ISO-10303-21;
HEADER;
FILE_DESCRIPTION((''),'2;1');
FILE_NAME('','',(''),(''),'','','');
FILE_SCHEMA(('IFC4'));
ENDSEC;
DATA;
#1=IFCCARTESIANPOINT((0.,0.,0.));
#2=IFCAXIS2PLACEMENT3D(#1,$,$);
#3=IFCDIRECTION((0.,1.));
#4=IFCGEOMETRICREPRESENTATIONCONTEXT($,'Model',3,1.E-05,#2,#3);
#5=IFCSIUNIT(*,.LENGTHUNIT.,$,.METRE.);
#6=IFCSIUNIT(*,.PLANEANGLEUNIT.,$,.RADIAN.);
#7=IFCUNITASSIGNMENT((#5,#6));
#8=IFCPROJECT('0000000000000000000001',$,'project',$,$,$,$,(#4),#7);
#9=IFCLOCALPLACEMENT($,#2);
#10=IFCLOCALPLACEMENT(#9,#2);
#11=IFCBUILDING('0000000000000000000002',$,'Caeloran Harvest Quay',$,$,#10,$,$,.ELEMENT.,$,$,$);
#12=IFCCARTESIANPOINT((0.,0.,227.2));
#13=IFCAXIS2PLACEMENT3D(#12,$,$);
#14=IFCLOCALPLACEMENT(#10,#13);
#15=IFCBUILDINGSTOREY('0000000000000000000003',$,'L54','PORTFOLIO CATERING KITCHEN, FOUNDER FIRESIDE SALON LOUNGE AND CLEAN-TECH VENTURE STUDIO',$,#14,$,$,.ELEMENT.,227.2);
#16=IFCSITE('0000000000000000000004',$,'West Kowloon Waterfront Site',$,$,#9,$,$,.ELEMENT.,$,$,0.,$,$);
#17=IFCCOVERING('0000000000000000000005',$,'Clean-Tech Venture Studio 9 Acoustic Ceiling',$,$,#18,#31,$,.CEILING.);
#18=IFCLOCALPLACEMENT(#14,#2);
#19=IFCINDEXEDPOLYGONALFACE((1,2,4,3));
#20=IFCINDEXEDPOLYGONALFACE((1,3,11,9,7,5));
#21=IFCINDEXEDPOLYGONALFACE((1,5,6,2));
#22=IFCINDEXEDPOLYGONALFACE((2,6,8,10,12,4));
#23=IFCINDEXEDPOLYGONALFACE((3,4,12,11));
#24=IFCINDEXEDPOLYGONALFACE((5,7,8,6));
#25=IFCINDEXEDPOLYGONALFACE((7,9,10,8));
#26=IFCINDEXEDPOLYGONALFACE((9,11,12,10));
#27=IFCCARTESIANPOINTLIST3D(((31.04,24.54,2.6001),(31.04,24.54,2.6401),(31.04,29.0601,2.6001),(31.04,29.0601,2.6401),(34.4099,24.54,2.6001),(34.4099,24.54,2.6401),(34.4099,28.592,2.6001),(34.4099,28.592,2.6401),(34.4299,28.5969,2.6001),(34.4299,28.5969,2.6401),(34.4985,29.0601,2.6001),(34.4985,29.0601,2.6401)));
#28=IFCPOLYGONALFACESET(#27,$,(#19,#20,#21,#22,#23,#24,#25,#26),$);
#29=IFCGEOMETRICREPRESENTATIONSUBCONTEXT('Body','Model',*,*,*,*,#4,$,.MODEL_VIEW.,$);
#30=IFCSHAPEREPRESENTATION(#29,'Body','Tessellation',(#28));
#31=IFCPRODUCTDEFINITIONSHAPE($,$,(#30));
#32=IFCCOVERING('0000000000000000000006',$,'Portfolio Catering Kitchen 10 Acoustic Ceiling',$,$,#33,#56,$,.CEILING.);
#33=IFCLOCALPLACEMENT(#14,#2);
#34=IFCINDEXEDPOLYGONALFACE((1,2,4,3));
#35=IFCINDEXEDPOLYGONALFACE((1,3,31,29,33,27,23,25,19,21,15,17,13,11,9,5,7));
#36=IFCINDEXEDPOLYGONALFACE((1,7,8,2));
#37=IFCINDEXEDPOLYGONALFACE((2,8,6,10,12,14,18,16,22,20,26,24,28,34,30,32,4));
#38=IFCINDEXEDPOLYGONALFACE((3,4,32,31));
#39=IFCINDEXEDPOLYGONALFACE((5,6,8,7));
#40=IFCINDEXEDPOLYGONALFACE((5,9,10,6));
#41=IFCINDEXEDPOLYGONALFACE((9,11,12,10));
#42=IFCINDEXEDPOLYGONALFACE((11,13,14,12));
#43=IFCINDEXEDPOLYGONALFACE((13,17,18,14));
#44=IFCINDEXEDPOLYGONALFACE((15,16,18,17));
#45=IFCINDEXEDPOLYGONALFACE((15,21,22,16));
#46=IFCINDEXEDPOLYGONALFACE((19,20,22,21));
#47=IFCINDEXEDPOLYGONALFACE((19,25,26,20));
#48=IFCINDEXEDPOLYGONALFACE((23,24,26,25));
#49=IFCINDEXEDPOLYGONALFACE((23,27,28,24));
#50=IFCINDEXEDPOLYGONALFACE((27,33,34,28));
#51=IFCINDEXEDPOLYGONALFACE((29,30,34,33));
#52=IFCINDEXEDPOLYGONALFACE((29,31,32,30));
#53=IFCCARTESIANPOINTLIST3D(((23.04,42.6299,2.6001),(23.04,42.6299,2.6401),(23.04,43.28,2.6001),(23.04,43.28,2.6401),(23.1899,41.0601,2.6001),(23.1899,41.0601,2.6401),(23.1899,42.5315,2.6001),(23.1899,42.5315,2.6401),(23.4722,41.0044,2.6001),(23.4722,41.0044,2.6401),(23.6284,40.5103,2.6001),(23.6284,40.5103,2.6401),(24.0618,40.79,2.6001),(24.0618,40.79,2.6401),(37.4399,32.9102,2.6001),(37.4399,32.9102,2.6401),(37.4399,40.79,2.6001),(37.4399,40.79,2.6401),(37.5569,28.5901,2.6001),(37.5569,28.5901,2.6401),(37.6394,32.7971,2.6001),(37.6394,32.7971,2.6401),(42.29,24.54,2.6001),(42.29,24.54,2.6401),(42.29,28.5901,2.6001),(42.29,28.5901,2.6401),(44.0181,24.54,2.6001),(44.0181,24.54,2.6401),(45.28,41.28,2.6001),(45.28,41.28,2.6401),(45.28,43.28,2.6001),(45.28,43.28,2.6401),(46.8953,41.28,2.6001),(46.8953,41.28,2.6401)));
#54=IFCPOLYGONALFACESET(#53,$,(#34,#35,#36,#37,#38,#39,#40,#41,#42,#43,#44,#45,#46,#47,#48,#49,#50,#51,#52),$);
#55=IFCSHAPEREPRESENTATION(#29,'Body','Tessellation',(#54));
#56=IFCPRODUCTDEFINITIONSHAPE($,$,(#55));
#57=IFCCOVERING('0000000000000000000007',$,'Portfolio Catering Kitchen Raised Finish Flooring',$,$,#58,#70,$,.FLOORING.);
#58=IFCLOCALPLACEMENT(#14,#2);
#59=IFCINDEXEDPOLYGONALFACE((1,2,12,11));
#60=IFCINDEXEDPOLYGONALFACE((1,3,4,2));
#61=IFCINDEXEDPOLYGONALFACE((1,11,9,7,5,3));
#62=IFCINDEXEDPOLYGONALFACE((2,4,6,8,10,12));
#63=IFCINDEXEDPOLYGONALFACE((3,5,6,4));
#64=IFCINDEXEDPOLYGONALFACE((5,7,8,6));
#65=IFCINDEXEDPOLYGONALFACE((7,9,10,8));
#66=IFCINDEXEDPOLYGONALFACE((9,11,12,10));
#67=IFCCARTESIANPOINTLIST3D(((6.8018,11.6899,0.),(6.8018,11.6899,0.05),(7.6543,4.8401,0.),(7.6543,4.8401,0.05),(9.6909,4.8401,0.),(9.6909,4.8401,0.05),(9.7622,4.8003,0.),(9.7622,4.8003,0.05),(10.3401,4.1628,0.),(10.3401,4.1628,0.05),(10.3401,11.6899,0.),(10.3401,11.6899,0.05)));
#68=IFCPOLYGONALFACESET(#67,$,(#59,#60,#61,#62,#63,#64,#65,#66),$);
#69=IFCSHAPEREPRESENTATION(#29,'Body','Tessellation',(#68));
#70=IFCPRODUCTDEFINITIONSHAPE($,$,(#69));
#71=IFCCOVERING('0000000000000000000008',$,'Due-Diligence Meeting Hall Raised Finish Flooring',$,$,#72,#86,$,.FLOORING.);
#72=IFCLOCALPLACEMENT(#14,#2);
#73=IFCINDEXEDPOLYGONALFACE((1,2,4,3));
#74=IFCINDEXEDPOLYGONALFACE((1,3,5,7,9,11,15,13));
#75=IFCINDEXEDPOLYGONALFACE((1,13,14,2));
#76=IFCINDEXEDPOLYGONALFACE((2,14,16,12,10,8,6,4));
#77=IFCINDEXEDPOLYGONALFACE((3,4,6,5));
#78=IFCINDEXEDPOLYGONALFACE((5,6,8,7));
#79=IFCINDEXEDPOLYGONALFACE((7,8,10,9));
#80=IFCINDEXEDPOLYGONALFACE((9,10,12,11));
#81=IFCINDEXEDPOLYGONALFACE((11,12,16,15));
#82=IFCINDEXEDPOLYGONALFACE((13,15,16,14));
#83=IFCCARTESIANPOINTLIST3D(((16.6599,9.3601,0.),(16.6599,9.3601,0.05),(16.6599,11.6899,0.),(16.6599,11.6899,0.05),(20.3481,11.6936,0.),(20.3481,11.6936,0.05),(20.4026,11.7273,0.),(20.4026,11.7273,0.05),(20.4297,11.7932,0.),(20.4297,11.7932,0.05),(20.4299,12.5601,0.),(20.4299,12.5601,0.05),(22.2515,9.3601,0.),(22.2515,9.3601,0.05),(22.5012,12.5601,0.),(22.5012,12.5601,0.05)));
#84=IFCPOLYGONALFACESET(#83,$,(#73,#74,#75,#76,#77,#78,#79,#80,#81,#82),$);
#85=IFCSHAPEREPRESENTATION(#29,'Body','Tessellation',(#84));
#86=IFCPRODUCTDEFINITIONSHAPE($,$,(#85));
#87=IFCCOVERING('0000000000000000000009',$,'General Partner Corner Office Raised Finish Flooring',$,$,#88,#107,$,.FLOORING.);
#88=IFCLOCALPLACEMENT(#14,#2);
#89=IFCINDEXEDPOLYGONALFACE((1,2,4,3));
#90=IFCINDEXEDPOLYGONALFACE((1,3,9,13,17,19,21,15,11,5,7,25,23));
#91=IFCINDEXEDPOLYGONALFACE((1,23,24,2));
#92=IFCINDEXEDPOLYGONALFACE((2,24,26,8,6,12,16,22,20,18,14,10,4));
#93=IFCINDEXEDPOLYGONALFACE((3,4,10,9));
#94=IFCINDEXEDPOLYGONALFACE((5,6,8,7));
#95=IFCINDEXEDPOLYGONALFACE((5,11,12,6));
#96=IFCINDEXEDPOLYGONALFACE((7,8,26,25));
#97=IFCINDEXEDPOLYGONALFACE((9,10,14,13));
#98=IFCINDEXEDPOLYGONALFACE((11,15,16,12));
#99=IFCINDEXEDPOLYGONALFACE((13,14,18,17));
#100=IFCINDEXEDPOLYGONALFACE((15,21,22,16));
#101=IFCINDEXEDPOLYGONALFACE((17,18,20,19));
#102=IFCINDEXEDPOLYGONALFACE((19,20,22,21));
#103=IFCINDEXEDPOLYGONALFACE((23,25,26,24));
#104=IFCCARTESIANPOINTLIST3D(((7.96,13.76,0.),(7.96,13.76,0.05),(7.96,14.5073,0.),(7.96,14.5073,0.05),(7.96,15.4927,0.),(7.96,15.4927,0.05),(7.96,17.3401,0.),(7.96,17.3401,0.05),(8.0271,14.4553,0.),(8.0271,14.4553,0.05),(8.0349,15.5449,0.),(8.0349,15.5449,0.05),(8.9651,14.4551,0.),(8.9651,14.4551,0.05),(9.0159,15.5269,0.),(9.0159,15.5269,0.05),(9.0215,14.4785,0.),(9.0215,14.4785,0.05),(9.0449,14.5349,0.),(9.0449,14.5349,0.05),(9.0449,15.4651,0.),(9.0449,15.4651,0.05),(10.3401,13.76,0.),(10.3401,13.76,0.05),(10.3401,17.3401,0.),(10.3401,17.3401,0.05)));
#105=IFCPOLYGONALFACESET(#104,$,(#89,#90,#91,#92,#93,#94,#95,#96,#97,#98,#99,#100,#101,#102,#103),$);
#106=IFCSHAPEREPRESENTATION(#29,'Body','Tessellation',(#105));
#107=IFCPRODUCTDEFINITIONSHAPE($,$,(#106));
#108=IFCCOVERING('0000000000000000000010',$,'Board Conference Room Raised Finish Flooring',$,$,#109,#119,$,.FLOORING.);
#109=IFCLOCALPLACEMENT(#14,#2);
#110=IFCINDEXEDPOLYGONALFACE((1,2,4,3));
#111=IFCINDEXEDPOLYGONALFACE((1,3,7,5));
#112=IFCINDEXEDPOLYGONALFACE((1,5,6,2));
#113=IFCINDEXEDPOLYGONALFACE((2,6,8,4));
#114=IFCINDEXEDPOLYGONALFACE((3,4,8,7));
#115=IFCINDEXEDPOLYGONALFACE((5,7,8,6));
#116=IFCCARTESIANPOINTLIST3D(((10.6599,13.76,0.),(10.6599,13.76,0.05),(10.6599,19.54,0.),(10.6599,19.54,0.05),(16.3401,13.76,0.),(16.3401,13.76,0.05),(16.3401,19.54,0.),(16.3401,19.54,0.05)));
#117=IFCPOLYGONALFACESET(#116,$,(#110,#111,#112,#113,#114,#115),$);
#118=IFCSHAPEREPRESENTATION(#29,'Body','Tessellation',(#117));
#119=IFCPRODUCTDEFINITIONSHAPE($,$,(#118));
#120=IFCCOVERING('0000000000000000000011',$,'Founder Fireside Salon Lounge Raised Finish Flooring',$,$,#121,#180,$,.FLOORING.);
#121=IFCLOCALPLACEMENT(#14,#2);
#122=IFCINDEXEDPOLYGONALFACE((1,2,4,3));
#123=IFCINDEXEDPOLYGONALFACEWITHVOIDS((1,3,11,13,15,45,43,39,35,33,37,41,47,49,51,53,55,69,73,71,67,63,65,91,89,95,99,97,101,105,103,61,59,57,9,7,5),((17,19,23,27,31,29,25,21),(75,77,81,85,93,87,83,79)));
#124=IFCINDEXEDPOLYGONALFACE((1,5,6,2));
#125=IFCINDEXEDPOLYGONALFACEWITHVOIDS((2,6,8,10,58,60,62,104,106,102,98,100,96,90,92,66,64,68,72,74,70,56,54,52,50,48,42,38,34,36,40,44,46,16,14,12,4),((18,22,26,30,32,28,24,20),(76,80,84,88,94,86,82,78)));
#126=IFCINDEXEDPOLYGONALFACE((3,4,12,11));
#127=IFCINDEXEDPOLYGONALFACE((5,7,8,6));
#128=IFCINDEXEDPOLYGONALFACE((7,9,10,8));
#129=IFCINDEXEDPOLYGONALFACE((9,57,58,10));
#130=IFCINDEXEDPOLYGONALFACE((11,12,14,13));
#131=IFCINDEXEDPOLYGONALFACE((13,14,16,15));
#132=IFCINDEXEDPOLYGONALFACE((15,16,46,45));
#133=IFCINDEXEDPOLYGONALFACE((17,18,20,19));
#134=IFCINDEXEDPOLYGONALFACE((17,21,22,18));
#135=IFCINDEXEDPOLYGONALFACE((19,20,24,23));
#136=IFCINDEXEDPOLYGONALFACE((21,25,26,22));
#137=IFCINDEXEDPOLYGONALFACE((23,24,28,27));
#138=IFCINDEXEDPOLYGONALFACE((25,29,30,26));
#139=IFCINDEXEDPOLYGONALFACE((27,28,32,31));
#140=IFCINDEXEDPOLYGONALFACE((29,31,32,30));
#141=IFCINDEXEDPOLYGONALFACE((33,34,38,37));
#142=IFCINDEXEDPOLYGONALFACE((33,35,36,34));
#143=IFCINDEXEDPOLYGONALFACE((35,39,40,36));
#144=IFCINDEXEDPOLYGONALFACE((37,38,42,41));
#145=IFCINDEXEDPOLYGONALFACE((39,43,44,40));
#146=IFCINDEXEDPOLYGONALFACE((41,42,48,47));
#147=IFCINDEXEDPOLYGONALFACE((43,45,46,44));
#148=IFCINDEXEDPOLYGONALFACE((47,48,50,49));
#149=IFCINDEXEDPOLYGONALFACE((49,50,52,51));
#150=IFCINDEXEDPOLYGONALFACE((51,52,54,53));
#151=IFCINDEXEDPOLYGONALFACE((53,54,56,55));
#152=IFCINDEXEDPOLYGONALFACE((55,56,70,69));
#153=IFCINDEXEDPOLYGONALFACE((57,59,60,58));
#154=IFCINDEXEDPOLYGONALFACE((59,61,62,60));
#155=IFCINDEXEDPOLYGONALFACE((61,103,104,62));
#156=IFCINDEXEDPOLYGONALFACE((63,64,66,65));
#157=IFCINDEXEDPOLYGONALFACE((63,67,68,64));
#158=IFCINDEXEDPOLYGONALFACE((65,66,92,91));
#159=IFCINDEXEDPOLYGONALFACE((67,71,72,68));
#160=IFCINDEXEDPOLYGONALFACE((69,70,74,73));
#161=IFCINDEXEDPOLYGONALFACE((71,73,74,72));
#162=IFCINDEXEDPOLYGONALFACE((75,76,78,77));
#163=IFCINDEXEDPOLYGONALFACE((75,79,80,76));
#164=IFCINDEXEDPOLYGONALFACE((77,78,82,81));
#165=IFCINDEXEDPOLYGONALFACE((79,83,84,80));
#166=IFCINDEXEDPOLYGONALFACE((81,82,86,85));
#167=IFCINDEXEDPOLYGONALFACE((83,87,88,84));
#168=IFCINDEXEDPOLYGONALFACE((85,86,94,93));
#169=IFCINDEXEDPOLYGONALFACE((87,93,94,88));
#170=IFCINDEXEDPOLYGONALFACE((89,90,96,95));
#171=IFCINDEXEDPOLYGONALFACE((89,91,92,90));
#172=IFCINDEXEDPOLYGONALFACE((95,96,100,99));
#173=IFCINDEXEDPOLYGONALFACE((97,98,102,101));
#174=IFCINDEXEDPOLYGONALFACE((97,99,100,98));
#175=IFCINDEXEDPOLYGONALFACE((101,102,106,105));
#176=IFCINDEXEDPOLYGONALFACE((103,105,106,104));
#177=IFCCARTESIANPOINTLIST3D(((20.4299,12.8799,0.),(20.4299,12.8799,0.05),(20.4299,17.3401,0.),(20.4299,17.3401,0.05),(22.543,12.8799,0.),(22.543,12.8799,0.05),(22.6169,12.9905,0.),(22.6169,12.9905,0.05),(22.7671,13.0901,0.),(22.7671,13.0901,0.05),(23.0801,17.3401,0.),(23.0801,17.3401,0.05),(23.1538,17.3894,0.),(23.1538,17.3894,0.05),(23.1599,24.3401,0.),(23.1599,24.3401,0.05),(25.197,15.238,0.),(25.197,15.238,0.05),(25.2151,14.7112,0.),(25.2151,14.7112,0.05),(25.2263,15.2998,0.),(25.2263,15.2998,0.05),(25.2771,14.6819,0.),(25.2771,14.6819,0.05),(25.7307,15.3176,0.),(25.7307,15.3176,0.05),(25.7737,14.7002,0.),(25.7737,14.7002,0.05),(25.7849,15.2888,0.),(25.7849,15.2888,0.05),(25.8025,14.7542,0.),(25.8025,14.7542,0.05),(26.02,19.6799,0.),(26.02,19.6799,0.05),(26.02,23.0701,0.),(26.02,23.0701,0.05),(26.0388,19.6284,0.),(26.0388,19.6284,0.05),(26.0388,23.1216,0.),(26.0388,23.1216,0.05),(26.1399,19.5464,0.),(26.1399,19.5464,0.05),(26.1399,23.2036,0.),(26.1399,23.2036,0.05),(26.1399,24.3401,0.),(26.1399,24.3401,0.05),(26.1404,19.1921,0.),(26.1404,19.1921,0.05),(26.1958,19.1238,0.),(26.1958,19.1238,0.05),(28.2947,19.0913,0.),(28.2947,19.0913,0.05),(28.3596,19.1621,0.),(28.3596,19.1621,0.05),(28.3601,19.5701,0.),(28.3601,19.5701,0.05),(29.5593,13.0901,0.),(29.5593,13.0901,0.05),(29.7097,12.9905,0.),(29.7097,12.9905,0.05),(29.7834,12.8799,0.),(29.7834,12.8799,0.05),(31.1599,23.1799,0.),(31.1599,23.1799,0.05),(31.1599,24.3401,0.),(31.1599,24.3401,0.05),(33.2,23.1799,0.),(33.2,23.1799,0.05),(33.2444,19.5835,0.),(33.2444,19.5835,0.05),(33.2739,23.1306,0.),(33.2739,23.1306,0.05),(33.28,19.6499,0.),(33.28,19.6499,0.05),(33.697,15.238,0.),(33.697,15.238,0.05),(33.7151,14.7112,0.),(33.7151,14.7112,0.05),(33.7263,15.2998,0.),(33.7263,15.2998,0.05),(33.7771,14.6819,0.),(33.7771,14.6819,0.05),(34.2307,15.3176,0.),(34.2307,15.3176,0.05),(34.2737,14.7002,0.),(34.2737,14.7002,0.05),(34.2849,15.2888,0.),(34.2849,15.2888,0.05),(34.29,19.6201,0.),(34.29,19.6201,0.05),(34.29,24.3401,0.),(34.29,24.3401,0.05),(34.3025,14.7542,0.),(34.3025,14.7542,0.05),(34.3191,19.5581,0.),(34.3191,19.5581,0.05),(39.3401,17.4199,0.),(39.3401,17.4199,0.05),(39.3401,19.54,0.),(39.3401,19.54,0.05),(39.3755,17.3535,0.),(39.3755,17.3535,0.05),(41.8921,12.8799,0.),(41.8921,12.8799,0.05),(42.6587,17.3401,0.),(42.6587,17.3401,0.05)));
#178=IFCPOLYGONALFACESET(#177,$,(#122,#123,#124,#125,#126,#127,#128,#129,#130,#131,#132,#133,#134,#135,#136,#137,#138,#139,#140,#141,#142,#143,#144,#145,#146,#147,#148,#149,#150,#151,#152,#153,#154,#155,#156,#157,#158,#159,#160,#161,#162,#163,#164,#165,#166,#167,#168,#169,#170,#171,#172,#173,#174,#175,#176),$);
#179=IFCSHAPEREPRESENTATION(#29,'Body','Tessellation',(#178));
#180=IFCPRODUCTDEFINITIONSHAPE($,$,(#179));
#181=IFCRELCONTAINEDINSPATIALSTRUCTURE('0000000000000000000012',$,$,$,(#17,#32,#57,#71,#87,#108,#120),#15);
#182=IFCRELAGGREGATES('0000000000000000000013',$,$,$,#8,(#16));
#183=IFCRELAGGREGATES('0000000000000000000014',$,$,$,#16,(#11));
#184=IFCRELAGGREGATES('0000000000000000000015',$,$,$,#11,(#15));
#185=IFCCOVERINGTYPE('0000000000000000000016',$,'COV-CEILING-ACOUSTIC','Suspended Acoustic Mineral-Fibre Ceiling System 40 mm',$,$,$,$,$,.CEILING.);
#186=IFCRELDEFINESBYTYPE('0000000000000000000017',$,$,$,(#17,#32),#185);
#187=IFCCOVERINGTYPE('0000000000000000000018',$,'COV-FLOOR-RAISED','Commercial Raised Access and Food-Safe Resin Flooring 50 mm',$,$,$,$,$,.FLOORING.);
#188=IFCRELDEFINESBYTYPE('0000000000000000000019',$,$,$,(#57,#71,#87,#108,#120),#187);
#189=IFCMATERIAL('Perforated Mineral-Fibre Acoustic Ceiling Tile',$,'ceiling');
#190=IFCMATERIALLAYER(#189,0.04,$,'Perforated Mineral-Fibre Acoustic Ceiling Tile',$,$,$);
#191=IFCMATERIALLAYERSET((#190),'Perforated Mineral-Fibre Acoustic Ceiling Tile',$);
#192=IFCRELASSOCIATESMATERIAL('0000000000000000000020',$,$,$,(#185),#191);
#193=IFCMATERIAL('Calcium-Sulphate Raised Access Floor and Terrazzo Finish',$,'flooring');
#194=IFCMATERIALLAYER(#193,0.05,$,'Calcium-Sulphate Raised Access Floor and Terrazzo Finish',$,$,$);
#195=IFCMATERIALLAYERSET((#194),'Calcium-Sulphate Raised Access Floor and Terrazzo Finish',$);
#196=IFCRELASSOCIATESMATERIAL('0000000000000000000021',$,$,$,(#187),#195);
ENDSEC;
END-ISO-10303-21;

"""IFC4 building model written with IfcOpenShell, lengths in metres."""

from ifc_helpers import new_model, si_unit, direction, frame, origin, place, context, subcontext, project, spatial, polyline, outline, extrude, material, layer, layer_set, type_object, element, save


model = new_model("IFC4")

# Units and contexts
model_context = context("Model", 3, precision=1e-05, world=origin(), true_north=direction((0.0, 1.0)))
body_context = subcontext(model_context, "Body", "Model", "MODEL_VIEW")
ifc_project = project(units=[si_unit("LENGTHUNIT", "METRE"), si_unit("PLANEANGLEUNIT", "RADIAN")], contexts=[model_context])

# Site, building, storey
site_placement = place(None, origin())
site = spatial("IfcSite", under=ifc_project, at=site_placement, Name="West Kowloon Waterfront Site", CompositionType="ELEMENT", RefElevation=0.0)
building_placement = place(site_placement, origin())
building = spatial("IfcBuilding", under=site, at=building_placement, Name="Caeloran Harvest Quay", CompositionType="ELEMENT")
storey_placement = place(building_placement, frame((0.0, 0.0, 227.2)))
storey = spatial("IfcBuildingStorey", under=building, at=storey_placement, Name="L54", Description="PORTFOLIO CATERING KITCHEN, FOUNDER FIRESIDE SALON LOUNGE AND CLEAN-TECH VENTURE STUDIO", CompositionType="ELEMENT", Elevation=227.2)

# Coverings
ifc_material_1 = material(Name="Perforated Mineral-Fibre Acoustic Ceiling Tile", Category="ceiling")
ifc_layer_1 = layer(ifc_material_1, 0.04, Name="Perforated Mineral-Fibre Acoustic Ceiling Tile")
ifc_layer_set_1 = layer_set([ifc_layer_1], Name="Perforated Mineral-Fibre Acoustic Ceiling Tile")
covering_type_1 = type_object("IfcCoveringType", Name="COV-CEILING-ACOUSTIC", Description="Suspended Acoustic Mineral-Fibre Ceiling System 40 mm", PredefinedType="CEILING", material=ifc_layer_set_1)
covering_1_placement = place(storey_placement, frame((0.0, 0.0, 2.6001)))
element("IfcCovering", 1, at=covering_1_placement, inside=storey, type_object=covering_type_1, Name="Clean-Tech Venture Studio 9 Acoustic Ceiling", PredefinedType="CEILING", context=body_context, shape_type="SweptSolid", body=[
    extrude(outline(polyline([(34.4099, 28.592), (34.4099, 24.54), (31.04, 24.54), (31.04, 29.0601), (34.4985, 29.0601), (34.4299, 28.5969), (34.4099, 28.592)])), origin(), (0.0, 0.0, 1.0), 0.04),
])
covering_2_placement = place(storey_placement, frame((0.0, 0.0, 2.6001)))
element("IfcCovering", 2, at=covering_2_placement, inside=storey, type_object=covering_type_1, Name="Portfolio Catering Kitchen 10 Acoustic Ceiling", PredefinedType="CEILING", context=body_context, shape_type="SweptSolid", body=[
    extrude(outline(polyline([(44.0181, 24.54), (42.29, 24.54), (42.29, 28.5901), (37.5569, 28.5901), (37.6394, 32.7971), (37.4399, 32.9102), (37.4399, 40.79), (24.0618, 40.79), (23.6284, 40.5103), (23.4722, 41.0044), (23.1899, 41.0601), (23.1899, 42.5315), (23.04, 42.6299), (23.04, 43.28), (45.28, 43.28), (45.28, 41.28), (46.8953, 41.28), (44.0181, 24.54)])), origin(), (0.0, 0.0, 1.0), 0.04),
])
ifc_material_2 = material(Name="Calcium-Sulphate Raised Access Floor and Terrazzo Finish", Category="flooring")
ifc_layer_2 = layer(ifc_material_2, 0.05, Name="Calcium-Sulphate Raised Access Floor and Terrazzo Finish")
ifc_layer_set_2 = layer_set([ifc_layer_2], Name="Calcium-Sulphate Raised Access Floor and Terrazzo Finish")
covering_type_2 = type_object("IfcCoveringType", Name="COV-FLOOR-RAISED", Description="Commercial Raised Access and Food-Safe Resin Flooring 50 mm", PredefinedType="FLOORING", material=ifc_layer_set_2)
covering_3_placement = place(storey_placement, origin())
element("IfcCovering", 3, at=covering_3_placement, inside=storey, type_object=covering_type_2, Name="Portfolio Catering Kitchen Raised Finish Flooring", PredefinedType="FLOORING", context=body_context, shape_type="SweptSolid", body=[
    extrude(outline(polyline([(9.7622, 4.8003), (9.6909, 4.8401), (7.6543, 4.8401), (6.8018, 11.6899), (10.3401, 11.6899), (10.3401, 4.1628), (9.7622, 4.8003)])), origin(), (0.0, 0.0, 1.0), 0.05),
])
covering_4_placement = place(storey_placement, origin())
element("IfcCovering", 4, at=covering_4_placement, inside=storey, type_object=covering_type_2, Name="Due-Diligence Meeting Hall Raised Finish Flooring", PredefinedType="FLOORING", context=body_context, shape_type="SweptSolid", body=[
    extrude(outline(polyline([(20.3481, 11.6936), (20.4026, 11.7273), (20.4297, 11.7932), (20.4299, 12.5601), (22.5012, 12.5601), (22.2515, 9.3601), (16.6599, 9.3601), (16.6599, 11.6899), (20.3481, 11.6936)])), origin(), (0.0, 0.0, 1.0), 0.05),
])
covering_5_placement = place(storey_placement, origin())
element("IfcCovering", 5, at=covering_5_placement, inside=storey, type_object=covering_type_2, Name="General Partner Corner Office Raised Finish Flooring", PredefinedType="FLOORING", context=body_context, shape_type="SweptSolid", body=[
    extrude(outline(polyline([(7.96, 14.5073), (8.0271, 14.4553), (8.9651, 14.4551), (9.0215, 14.4785), (9.0449, 14.5349), (9.0449, 15.4651), (9.0159, 15.5269), (8.0349, 15.5449), (7.96, 15.4927), (7.96, 17.3401), (10.3401, 17.3401), (10.3401, 13.76), (7.96, 13.76), (7.96, 14.5073)])), origin(), (0.0, 0.0, 1.0), 0.05),
])
covering_6_placement = place(storey_placement, origin())
element("IfcCovering", 6, at=covering_6_placement, inside=storey, type_object=covering_type_2, Name="Board Conference Room Raised Finish Flooring", PredefinedType="FLOORING", context=body_context, shape_type="SweptSolid", body=[
    extrude(outline(polyline([(16.3401, 19.54), (16.3401, 13.76), (10.6599, 13.76), (10.6599, 19.54), (16.3401, 19.54)])), origin(), (0.0, 0.0, 1.0), 0.05),
])
covering_7_placement = place(storey_placement, origin())
element("IfcCovering", 7, at=covering_7_placement, inside=storey, type_object=covering_type_2, Name="Founder Fireside Salon Lounge Raised Finish Flooring", PredefinedType="FLOORING", context=body_context, shape_type="SweptSolid", body=[
    extrude(outline(polyline([(22.543, 12.8799), (20.4299, 12.8799), (20.4299, 17.3401), (23.0801, 17.3401), (23.1538, 17.3894), (23.1599, 24.3401), (26.1399, 24.3401), (26.1399, 23.2036), (26.0388, 23.1216), (26.02, 23.0701), (26.02, 19.6799), (26.0388, 19.6284), (26.1399, 19.5464), (26.1404, 19.1921), (26.1958, 19.1238), (28.2947, 19.0913), (28.3596, 19.1621), (28.3601, 19.5701), (33.2444, 19.5835), (33.28, 19.6499), (33.2739, 23.1306), (33.2, 23.1799), (31.1599, 23.1799), (31.1599, 24.3401), (34.29, 24.3401), (34.29, 19.6201), (34.3191, 19.5581), (39.3401, 19.54), (39.3401, 17.4199), (39.3755, 17.3535), (42.6587, 17.3401), (41.8921, 12.8799), (29.7834, 12.8799), (29.7097, 12.9905), (29.5593, 13.0901), (22.7671, 13.0901), (22.6169, 12.9905), (22.543, 12.8799)]), holes=[polyline([(34.3025, 14.7542), (34.2849, 15.2888), (34.2307, 15.3176), (33.7263, 15.2998), (33.697, 15.238), (33.7151, 14.7112), (33.7771, 14.6819), (34.2737, 14.7002), (34.3025, 14.7542)]), polyline([(25.8025, 14.7542), (25.7849, 15.2888), (25.7307, 15.3176), (25.2263, 15.2998), (25.197, 15.238), (25.2151, 14.7112), (25.2771, 14.6819), (25.7737, 14.7002), (25.8025, 14.7542)])]), origin(), (0.0, 0.0, 1.0), 0.05),
])

save(model, "model.ifc")
